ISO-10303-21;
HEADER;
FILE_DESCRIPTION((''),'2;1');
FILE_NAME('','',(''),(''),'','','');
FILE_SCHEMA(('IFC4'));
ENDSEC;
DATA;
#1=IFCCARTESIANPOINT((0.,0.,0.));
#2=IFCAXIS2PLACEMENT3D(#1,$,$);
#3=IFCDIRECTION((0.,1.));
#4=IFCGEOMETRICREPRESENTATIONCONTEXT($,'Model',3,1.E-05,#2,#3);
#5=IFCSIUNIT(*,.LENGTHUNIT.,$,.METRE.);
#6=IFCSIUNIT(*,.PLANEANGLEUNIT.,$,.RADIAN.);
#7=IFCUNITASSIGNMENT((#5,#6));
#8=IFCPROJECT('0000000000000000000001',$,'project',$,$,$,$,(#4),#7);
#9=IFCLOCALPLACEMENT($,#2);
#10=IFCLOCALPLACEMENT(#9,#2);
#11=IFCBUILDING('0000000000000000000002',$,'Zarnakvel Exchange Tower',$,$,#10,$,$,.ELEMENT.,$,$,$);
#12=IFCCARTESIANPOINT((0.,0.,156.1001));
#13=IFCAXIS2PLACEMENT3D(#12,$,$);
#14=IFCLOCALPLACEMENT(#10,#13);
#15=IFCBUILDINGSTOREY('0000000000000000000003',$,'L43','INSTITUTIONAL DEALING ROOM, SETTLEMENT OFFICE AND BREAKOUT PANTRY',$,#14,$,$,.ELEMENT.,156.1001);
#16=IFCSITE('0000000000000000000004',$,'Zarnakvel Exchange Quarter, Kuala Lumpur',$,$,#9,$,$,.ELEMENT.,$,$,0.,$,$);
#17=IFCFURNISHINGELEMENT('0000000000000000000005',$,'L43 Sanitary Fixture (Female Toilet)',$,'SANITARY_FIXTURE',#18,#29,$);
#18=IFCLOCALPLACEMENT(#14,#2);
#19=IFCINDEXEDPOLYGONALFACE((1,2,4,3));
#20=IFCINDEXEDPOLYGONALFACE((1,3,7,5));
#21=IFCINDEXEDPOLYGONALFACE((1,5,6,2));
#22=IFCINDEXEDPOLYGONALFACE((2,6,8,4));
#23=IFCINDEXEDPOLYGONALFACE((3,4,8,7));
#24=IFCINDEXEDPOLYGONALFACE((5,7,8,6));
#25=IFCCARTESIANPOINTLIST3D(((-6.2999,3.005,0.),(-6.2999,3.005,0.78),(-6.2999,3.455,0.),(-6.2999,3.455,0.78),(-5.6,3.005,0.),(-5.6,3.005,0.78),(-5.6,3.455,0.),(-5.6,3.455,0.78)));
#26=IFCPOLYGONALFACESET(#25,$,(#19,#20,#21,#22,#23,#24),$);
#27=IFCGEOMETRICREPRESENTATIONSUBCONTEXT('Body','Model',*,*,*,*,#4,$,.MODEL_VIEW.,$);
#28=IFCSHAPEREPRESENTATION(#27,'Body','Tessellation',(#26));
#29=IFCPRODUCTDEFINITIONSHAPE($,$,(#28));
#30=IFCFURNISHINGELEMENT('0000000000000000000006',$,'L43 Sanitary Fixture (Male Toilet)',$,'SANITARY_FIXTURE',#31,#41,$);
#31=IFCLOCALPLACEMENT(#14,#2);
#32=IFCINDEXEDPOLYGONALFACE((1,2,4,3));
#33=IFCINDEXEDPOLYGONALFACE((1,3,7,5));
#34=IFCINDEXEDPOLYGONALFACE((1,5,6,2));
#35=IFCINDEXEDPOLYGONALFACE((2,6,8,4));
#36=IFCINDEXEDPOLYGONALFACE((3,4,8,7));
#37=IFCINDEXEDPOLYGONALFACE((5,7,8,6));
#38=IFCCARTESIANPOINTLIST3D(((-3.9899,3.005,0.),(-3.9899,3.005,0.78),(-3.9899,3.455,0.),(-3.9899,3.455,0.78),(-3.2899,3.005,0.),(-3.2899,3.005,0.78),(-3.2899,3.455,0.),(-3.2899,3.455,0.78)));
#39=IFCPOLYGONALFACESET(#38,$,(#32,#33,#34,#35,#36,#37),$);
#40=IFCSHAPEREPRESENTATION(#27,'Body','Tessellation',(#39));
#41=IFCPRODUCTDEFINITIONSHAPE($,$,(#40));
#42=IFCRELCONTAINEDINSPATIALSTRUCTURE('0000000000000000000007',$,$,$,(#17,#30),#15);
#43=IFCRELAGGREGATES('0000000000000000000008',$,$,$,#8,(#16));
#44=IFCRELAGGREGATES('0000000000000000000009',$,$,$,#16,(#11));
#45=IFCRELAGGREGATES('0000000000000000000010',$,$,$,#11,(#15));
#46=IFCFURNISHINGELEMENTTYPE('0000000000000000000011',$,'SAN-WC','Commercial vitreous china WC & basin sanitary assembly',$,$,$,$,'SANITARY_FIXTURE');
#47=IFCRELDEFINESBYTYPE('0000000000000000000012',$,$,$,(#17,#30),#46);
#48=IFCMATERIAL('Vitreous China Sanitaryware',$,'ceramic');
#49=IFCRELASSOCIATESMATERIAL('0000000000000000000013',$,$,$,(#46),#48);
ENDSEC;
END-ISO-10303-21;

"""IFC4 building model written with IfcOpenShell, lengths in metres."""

from ifc_helpers import new_model, si_unit, direction, frame, origin, origin_2d, place, context, subcontext, project, spatial, rectangle, extrude, source, transform, mapped, material, type_object, element, save


model = new_model("IFC4")

# Units and contexts
model_context = context("Model", 3, precision=1e-05, world=origin(), true_north=direction((0.0, 1.0)))
body_context = subcontext(model_context, "Body", "Model", "MODEL_VIEW")
ifc_project = project(units=[si_unit("LENGTHUNIT", "METRE"), si_unit("PLANEANGLEUNIT", "RADIAN")], contexts=[model_context])

# Site, building, storey
site_placement = place(None, origin())
site = spatial("IfcSite", under=ifc_project, at=site_placement, Name="Zarnakvel Exchange Quarter, Kuala Lumpur", CompositionType="ELEMENT", RefElevation=0.0)
building_placement = place(site_placement, origin())
building = spatial("IfcBuilding", under=site, at=building_placement, Name="Zarnakvel Exchange Tower", CompositionType="ELEMENT")
storey_placement = place(building_placement, frame((0.0, 0.0, 156.1001)))
storey = spatial("IfcBuildingStorey", under=building, at=storey_placement, Name="L43", Description="INSTITUTIONAL DEALING ROOM, SETTLEMENT OFFICE AND BREAKOUT PANTRY", CompositionType="ELEMENT", Elevation=156.1001)

# Furnishing elements
ifc_material_1 = material(Name="Vitreous China Sanitaryware", Category="ceramic")
furnishing_element_type = type_object("IfcFurnishingElementType", Name="SAN-WC", Description="Commercial vitreous china WC & basin sanitary assembly", ElementType="SANITARY_FIXTURE", material=ifc_material_1)
shared_shape_1 = source(origin(), body_context, "Body", "SweptSolid", [
    extrude(rectangle(XDim=0.7, YDim=0.45, at=origin_2d()), origin(), (0.0, 0.0, 1.0), 0.78),
])
for number, where, z_axis, x_axis, name in (
    (1, (-5.95, 3.23, 0.0), (0.0, 0.0, 1.0), (1.0, 0.0, 0.0), "L43 Sanitary Fixture (Female Toilet)"),
    (2, (-3.6399, 3.23, 0.0), (0.0, 0.0, 1.0), (1.0, 0.0, 0.0), "L43 Sanitary Fixture (Male Toilet)"),
):
    element("IfcFurnishingElement", number, at=place(storey_placement, frame(where, z_axis=z_axis, x_axis=x_axis)), inside=storey, type_object=furnishing_element_type, Name=name, ObjectType="SANITARY_FIXTURE", context=body_context, shape_type="MappedRepresentation", body=[
        mapped(shared_shape_1, transform((0.0, 0.0, 0.0), x_axis=(1.0, 0.0, 0.0), y_axis=(0.0, 1.0, 0.0), z_axis=(0.0, 0.0, 1.0), scale=1.0)),
    ])

save(model, "model.ifc")
